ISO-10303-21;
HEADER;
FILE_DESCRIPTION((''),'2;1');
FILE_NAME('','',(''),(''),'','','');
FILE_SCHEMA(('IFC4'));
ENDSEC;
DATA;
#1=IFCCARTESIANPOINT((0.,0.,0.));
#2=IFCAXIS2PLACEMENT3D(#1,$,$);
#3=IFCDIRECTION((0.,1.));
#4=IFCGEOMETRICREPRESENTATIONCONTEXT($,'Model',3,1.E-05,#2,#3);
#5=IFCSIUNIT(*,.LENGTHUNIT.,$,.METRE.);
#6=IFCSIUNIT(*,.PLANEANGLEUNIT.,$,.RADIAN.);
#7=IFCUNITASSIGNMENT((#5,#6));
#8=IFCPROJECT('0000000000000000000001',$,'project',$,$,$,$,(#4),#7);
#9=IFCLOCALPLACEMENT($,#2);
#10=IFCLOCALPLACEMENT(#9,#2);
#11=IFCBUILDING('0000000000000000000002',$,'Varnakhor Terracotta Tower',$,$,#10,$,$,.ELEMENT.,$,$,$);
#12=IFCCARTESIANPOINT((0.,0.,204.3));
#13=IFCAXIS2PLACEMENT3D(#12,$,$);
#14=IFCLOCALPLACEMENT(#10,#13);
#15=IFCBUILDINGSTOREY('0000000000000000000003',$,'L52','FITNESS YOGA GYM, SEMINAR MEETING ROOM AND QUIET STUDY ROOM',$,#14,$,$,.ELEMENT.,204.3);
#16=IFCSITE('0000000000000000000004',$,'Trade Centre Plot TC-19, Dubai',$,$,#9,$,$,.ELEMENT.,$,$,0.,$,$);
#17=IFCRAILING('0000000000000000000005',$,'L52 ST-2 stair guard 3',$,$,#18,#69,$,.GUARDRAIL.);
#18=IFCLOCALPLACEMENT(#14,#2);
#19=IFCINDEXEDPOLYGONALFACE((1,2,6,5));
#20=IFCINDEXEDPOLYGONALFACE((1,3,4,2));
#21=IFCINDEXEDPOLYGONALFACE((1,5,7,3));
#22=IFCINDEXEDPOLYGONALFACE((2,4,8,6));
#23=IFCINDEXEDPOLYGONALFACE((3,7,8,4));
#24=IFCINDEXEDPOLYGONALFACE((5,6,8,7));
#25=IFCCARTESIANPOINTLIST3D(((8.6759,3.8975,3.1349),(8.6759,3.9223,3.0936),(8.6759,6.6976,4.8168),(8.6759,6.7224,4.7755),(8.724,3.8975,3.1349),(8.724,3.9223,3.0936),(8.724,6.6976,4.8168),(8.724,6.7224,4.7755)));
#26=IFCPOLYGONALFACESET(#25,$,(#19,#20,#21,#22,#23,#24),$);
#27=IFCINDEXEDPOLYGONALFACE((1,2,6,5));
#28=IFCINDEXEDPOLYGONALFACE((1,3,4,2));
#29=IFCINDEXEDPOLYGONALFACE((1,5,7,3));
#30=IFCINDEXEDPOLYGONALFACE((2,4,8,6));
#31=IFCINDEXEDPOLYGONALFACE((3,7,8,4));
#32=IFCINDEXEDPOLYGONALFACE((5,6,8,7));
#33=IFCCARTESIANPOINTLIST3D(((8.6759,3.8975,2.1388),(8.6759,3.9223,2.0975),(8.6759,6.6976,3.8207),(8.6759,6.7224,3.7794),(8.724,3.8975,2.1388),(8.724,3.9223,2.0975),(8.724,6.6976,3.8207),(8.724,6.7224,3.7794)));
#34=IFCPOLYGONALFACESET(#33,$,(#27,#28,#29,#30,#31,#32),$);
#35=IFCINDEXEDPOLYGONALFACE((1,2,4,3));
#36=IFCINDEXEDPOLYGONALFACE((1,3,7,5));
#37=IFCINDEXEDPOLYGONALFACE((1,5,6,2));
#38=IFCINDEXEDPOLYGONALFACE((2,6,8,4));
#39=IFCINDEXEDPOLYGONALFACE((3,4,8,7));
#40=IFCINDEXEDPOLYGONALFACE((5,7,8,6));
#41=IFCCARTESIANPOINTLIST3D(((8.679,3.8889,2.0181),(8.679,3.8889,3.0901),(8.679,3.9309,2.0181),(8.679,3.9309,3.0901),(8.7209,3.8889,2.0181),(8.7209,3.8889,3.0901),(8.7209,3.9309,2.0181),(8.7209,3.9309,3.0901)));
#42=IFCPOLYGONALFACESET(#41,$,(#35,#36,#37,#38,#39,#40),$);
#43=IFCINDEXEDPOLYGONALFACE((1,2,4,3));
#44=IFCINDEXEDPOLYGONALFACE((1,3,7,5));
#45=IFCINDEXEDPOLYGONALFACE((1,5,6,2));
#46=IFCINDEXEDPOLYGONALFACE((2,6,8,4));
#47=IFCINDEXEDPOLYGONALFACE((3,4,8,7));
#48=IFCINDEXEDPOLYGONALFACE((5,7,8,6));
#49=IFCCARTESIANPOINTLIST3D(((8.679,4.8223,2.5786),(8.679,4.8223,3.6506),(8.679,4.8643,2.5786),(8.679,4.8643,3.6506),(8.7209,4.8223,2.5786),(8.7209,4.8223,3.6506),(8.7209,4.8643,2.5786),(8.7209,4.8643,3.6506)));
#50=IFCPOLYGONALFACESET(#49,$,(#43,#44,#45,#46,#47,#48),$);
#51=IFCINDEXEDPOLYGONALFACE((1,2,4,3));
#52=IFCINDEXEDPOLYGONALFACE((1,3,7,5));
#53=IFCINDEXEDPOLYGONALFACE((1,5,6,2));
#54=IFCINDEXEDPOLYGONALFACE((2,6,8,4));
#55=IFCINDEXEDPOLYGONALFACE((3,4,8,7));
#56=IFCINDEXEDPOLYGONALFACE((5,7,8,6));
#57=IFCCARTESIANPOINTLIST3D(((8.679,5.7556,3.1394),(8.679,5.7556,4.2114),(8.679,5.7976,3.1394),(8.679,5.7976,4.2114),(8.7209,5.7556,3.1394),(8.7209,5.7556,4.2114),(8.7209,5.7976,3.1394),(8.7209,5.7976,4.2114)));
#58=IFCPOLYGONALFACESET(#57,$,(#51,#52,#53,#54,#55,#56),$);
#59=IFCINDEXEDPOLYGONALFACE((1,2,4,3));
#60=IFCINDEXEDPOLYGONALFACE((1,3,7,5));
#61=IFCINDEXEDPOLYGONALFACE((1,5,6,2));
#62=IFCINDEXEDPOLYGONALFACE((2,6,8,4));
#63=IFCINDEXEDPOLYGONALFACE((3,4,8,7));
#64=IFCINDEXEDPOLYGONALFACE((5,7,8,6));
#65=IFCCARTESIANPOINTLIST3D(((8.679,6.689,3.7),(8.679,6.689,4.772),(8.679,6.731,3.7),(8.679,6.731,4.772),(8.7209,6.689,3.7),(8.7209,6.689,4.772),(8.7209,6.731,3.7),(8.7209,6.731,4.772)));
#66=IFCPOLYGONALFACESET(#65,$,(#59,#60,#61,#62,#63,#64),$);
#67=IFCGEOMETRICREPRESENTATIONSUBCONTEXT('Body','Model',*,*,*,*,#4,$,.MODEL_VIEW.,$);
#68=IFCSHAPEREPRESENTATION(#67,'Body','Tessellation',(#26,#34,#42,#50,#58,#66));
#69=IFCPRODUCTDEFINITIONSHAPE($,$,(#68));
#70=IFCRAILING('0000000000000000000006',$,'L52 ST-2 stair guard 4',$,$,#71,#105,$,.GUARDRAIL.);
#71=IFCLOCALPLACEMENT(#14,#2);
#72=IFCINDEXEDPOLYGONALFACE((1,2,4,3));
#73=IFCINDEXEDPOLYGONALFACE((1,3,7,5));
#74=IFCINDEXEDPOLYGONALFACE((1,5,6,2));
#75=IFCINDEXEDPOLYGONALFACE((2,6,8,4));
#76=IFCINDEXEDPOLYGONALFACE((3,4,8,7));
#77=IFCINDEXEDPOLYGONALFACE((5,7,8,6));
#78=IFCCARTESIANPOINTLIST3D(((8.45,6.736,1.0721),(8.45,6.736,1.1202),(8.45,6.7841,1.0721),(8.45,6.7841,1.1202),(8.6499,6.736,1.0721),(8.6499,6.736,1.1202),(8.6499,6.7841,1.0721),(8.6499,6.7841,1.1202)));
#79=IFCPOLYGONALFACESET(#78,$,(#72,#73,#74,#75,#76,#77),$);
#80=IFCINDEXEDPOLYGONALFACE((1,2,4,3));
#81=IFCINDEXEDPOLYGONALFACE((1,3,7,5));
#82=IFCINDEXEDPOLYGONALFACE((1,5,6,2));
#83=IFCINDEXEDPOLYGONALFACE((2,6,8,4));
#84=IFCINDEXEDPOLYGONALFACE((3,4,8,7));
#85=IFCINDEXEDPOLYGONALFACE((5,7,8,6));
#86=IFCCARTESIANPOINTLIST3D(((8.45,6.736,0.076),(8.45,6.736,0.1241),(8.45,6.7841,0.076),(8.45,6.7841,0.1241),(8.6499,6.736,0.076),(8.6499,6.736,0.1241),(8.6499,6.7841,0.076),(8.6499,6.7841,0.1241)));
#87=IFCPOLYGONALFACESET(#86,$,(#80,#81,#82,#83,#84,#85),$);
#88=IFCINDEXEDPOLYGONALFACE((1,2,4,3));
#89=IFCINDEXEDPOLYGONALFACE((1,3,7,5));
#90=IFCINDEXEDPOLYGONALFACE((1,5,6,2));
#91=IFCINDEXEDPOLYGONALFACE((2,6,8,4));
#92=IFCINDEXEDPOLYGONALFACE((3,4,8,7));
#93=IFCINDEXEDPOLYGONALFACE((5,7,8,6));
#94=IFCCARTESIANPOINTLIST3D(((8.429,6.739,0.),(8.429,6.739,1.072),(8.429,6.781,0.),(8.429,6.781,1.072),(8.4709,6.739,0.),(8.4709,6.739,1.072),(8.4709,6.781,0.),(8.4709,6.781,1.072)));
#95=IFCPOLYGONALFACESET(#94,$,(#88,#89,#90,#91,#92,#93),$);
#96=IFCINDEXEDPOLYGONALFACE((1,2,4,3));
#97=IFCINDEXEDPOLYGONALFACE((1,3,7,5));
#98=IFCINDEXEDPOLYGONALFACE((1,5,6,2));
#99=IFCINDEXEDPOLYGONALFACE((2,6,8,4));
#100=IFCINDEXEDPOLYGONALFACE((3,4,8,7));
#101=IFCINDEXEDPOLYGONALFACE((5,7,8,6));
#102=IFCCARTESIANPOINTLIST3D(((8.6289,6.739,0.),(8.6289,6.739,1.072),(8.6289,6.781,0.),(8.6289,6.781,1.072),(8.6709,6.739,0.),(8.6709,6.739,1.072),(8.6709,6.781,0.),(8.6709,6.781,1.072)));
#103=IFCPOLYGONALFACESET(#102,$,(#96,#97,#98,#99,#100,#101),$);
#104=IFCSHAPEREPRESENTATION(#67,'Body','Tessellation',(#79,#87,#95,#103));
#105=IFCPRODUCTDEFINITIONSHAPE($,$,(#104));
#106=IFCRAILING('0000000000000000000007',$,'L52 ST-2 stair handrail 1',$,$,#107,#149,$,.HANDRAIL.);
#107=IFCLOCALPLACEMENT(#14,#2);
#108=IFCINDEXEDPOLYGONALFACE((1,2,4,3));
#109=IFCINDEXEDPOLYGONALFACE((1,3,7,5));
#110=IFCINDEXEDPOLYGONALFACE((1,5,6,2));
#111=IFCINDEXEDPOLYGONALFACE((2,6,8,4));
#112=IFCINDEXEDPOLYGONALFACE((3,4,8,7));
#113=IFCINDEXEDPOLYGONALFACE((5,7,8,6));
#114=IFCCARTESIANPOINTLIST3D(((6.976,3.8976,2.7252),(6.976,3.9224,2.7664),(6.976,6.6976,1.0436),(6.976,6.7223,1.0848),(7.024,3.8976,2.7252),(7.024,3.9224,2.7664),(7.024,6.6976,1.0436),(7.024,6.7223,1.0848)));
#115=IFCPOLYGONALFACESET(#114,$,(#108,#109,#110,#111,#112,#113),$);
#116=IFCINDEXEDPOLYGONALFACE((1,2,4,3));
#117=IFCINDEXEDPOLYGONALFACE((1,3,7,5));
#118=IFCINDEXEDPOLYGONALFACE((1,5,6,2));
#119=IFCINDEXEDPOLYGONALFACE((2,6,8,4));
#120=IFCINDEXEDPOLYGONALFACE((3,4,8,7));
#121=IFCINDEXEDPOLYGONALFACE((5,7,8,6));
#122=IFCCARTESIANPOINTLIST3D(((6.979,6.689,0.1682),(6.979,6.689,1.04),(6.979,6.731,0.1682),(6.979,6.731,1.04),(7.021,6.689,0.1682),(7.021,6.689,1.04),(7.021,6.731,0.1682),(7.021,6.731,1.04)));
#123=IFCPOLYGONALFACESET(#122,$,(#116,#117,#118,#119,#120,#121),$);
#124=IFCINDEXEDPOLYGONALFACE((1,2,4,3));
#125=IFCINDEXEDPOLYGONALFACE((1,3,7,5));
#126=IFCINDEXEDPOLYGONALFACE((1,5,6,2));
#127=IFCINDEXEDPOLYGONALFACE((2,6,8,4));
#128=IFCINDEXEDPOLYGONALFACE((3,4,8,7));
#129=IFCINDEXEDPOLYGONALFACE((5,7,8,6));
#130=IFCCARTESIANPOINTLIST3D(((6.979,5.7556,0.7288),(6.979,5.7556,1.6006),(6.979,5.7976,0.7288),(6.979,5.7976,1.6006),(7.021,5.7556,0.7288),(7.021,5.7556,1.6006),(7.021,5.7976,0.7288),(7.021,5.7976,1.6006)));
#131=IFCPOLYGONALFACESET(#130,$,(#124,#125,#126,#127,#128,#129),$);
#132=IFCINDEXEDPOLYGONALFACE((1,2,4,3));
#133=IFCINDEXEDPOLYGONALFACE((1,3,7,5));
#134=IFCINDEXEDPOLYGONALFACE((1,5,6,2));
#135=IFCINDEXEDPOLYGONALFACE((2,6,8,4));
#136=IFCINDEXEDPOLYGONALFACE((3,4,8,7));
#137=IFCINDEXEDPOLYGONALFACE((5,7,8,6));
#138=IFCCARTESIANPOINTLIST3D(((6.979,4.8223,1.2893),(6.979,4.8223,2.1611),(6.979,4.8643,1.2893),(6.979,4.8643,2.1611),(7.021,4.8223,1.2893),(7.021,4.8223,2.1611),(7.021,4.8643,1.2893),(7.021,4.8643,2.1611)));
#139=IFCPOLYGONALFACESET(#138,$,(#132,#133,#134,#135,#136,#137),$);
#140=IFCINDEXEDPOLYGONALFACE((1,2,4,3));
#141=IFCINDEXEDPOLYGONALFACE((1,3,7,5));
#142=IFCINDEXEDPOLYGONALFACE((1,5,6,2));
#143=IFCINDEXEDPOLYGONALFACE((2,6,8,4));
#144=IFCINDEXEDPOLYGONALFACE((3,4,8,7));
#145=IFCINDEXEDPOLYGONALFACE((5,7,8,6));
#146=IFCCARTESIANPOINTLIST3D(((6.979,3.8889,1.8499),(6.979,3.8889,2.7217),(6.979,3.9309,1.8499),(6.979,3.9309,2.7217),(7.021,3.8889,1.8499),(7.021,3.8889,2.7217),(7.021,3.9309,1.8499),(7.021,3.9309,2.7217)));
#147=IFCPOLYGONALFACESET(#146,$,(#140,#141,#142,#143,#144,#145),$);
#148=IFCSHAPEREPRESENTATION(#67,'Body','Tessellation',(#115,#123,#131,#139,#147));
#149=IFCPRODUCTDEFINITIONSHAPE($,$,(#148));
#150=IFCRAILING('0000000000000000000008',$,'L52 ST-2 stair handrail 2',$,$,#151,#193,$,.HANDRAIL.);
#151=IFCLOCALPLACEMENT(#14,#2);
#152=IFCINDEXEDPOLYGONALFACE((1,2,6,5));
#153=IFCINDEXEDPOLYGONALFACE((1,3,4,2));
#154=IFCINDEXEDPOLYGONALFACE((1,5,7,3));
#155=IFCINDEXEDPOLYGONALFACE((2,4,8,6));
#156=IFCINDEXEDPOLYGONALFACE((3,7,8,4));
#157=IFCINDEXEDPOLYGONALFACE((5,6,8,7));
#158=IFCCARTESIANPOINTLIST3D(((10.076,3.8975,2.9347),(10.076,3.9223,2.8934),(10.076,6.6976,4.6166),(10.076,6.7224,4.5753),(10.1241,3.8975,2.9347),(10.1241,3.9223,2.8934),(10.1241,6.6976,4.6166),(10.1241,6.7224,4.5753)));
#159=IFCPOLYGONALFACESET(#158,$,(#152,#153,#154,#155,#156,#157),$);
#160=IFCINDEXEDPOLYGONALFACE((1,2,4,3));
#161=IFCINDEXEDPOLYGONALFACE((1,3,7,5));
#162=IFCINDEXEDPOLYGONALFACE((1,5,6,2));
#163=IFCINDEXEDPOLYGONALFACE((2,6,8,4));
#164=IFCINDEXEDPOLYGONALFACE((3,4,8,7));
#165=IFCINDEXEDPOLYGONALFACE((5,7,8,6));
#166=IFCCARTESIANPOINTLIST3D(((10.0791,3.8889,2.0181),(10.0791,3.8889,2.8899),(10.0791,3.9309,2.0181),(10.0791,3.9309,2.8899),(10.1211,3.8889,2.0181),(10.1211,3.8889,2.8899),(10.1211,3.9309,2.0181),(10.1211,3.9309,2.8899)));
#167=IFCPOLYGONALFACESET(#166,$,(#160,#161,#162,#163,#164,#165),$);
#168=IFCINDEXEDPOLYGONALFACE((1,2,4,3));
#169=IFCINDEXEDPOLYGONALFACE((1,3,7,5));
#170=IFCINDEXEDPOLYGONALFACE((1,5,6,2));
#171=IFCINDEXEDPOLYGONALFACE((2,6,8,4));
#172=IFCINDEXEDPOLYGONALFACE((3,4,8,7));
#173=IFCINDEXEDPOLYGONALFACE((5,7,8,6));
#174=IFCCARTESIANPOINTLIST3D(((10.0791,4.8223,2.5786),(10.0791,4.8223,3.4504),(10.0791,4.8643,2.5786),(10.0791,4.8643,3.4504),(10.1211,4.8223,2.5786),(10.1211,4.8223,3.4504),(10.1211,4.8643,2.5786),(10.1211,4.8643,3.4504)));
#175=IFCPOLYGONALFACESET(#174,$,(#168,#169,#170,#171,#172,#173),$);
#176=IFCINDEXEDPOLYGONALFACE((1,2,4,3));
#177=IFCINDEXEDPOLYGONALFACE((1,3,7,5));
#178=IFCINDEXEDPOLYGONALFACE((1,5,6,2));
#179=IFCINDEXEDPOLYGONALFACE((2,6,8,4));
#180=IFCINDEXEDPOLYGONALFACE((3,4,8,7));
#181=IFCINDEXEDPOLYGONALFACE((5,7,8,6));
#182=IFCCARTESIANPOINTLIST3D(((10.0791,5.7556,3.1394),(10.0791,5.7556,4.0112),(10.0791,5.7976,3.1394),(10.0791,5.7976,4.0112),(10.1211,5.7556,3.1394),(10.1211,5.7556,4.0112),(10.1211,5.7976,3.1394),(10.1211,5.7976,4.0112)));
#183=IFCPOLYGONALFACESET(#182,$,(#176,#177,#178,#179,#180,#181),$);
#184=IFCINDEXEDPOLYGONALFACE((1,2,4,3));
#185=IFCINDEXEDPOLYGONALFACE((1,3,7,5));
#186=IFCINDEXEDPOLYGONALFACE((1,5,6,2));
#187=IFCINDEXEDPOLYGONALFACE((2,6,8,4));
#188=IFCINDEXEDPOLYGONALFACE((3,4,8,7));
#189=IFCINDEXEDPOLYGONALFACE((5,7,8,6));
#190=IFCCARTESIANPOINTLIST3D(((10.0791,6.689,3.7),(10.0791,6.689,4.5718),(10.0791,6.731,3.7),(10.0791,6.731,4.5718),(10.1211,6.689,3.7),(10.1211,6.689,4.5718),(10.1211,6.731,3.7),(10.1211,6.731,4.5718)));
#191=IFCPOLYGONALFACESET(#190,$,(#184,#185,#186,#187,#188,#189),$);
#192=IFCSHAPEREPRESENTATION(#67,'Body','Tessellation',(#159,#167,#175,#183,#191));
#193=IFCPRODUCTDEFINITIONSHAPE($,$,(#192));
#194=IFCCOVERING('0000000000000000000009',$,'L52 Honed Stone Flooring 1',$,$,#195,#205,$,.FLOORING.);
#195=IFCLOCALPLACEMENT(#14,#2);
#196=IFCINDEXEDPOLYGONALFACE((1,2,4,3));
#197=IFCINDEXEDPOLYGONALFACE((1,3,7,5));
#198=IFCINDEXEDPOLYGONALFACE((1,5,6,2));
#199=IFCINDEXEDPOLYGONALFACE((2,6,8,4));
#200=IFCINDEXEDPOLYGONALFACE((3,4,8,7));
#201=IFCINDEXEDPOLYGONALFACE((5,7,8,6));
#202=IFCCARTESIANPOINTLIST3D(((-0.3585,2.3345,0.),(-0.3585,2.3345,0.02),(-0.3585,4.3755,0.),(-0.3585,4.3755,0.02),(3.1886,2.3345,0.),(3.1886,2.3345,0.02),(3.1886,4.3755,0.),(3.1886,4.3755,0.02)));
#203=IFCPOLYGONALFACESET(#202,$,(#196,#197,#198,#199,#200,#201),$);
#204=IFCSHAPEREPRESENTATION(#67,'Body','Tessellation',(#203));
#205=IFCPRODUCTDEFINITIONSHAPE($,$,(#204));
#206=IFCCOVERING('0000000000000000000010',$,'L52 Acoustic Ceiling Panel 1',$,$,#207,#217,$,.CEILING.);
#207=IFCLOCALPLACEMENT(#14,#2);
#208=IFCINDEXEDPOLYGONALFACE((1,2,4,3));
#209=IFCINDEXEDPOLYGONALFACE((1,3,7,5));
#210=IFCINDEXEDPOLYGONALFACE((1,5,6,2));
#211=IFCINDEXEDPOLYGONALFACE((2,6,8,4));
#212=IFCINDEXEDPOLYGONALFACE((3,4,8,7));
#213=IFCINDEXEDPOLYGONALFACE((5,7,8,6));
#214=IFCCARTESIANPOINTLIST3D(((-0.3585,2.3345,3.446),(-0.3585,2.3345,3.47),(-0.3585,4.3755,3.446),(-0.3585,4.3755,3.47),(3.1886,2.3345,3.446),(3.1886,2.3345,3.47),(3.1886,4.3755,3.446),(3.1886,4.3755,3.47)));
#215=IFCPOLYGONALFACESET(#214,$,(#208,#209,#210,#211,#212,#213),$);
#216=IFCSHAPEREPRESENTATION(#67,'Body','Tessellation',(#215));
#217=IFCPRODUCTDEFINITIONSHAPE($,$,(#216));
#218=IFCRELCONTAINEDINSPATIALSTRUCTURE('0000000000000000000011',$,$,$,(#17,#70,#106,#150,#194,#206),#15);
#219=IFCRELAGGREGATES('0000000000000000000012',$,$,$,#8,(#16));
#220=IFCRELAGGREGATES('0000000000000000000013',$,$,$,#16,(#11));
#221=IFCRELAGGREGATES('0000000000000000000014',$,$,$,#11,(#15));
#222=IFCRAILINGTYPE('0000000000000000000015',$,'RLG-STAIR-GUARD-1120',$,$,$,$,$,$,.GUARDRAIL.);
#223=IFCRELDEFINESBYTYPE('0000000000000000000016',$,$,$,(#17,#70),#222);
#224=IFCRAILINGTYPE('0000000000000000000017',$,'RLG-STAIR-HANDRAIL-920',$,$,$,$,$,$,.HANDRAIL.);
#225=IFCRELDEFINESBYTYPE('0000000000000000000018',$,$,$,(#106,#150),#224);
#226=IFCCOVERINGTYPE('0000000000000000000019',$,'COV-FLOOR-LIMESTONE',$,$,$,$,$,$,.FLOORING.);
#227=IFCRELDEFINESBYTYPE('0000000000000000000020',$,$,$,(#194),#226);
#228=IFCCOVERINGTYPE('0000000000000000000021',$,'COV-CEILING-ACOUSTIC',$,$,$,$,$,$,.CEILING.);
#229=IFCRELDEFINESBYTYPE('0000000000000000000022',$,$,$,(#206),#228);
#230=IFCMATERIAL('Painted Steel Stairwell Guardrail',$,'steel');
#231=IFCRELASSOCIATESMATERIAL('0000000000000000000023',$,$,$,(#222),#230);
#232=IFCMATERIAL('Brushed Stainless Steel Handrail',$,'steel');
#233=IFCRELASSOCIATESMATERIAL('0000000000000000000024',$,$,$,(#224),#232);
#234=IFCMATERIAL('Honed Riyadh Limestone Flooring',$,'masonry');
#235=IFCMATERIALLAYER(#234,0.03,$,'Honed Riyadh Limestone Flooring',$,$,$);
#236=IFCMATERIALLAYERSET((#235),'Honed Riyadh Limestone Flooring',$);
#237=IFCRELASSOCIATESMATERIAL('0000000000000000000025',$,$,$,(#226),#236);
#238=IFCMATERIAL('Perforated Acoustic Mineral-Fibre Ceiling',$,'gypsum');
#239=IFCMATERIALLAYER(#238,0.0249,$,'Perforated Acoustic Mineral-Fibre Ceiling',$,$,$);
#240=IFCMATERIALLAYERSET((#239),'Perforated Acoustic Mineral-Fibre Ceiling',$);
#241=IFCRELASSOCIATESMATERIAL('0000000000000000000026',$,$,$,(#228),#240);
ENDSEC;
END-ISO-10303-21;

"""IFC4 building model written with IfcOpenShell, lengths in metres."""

from ifc_helpers import new_model, si_unit, direction, frame, origin, origin_2d, place, context, subcontext, project, spatial, rectangle, extrude, source, transform, mapped, material, layer, layer_set, type_object, element, save


model = new_model("IFC4")

# Units and contexts
model_context = context("Model", 3, precision=1e-05, world=origin(), true_north=direction((0.0, 1.0)))
body_context = subcontext(model_context, "Body", "Model", "MODEL_VIEW")
ifc_project = project(units=[si_unit("LENGTHUNIT", "METRE"), si_unit("PLANEANGLEUNIT", "RADIAN")], contexts=[model_context])

# Site, building, storey
site_placement = place(None, origin())
site = spatial("IfcSite", under=ifc_project, at=site_placement, Name="Trade Centre Plot TC-19, Dubai", CompositionType="ELEMENT", RefElevation=0.0)
building_placement = place(site_placement, origin())
building = spatial("IfcBuilding", under=site, at=building_placement, Name="Varnakhor Terracotta Tower", CompositionType="ELEMENT")
storey_placement = place(building_placement, frame((0.0, 0.0, 204.3)))
storey = spatial("IfcBuildingStorey", under=building, at=storey_placement, Name="L52", Description="FITNESS YOGA GYM, SEMINAR MEETING ROOM AND QUIET STUDY ROOM", CompositionType="ELEMENT", Elevation=204.3)

# Railings
ifc_material_1 = material(Name="Painted Steel Stairwell Guardrail", Category="steel")
railing_type_1 = type_object("IfcRailingType", Name="RLG-STAIR-GUARD-1120", PredefinedType="GUARDRAIL", material=ifc_material_1)
railing_1_placement = place(storey_placement, frame((8.7, 3.9099, 2.0181)))
element("IfcRailing", 1, at=railing_1_placement, inside=storey, type_object=railing_type_1, Name="L52 ST-2 stair guard 3", PredefinedType="GUARDRAIL", context=body_context, shape_type="SweptSolid", body=[
    extrude(rectangle(XDim=0.0481, YDim=0.0481, at=origin_2d()), frame((0.0, 0.0, 1.0962), z_axis=(0.0, 0.857242, 0.514913), x_axis=(-1.0, 0.0, 0.0)), (0.0, 0.0, 1.0), 3.2664),
    extrude(rectangle(XDim=0.0481, YDim=0.0481, at=origin_2d()), frame((0.0, 0.0, 0.1001), z_axis=(0.0, 0.857242, 0.514913), x_axis=(-1.0, 0.0, 0.0)), (0.0, 0.0, 1.0), 3.2664),
    extrude(rectangle(XDim=0.042, YDim=0.042, at=origin_2d()), origin(), (0.0, 0.0, 1.0), 1.072),
    extrude(rectangle(XDim=0.042, YDim=0.042, at=origin_2d()), frame((0.0, 0.9333, 0.5605)), (0.0, 0.0, 1.0), 1.072),
    extrude(rectangle(XDim=0.042, YDim=0.042, at=origin_2d()), frame((0.0, 1.8667, 1.1213)), (0.0, 0.0, 1.0), 1.072),
    extrude(rectangle(XDim=0.042, YDim=0.042, at=origin_2d()), frame((0.0, 2.8, 1.6819)), (0.0, 0.0, 1.0), 1.072),
])
railing_2_placement = place(storey_placement, frame((8.45, 6.76, 0.0)))
element("IfcRailing", 2, at=railing_2_placement, inside=storey, type_object=railing_type_1, Name="L52 ST-2 stair guard 4", PredefinedType="GUARDRAIL", context=body_context, shape_type="SweptSolid", body=[
    extrude(rectangle(XDim=0.0481, YDim=0.0481, at=origin_2d()), frame((0.0, 0.0, 1.0962), z_axis=(1.0, 0.0, 0.0), x_axis=(0.0, 1.0, 0.0)), (0.0, 0.0, 1.0), 0.2),
    extrude(rectangle(XDim=0.0481, YDim=0.0481, at=origin_2d()), frame((0.0, 0.0, 0.1001), z_axis=(1.0, 0.0, 0.0), x_axis=(0.0, 1.0, 0.0)), (0.0, 0.0, 1.0), 0.2),
    extrude(rectangle(XDim=0.042, YDim=0.042, at=origin_2d()), origin(), (0.0, 0.0, 1.0), 1.072),
    extrude(rectangle(XDim=0.042, YDim=0.042, at=origin_2d()), frame((0.2, 0.0, 0.0)), (0.0, 0.0, 1.0), 1.072),
])
ifc_material_2 = material(Name="Brushed Stainless Steel Handrail", Category="steel")
railing_type_2 = type_object("IfcRailingType", Name="RLG-STAIR-HANDRAIL-920", PredefinedType="HANDRAIL", material=ifc_material_2)
railing_3_placement = place(storey_placement, frame((7.0, 6.71, 0.1682)))
element("IfcRailing", 3, at=railing_3_placement, inside=storey, type_object=railing_type_2, Name="L52 ST-2 stair handrail 1", PredefinedType="HANDRAIL", context=body_context, shape_type="SweptSolid", body=[
    extrude(rectangle(XDim=0.0481, YDim=0.0481, at=origin_2d()), frame((0.0, 0.0, 0.896), z_axis=(0.0, -0.857275, 0.514858), x_axis=(1.0, 0.0, 0.0)), (0.0, 0.0, 1.0), 3.2661),
    extrude(rectangle(XDim=0.042, YDim=0.042, at=origin_2d()), origin(), (0.0, 0.0, 1.0), 0.8718),
    extrude(rectangle(XDim=0.042, YDim=0.042, at=origin_2d()), frame((0.0, -0.9333, 0.5605)), (0.0, 0.0, 1.0), 0.8718),
    extrude(rectangle(XDim=0.042, YDim=0.042, at=origin_2d()), frame((0.0, -1.8667, 1.1211)), (0.0, 0.0, 1.0), 0.8718),
    extrude(rectangle(XDim=0.042, YDim=0.042, at=origin_2d()), frame((0.0, -2.8, 1.6816)), (0.0, 0.0, 1.0), 0.8718),
])
railing_4_placement = place(storey_placement, frame((10.1001, 3.9099, 2.0181)))
element("IfcRailing", 4, at=railing_4_placement, inside=storey, type_object=railing_type_2, Name="L52 ST-2 stair handrail 2", PredefinedType="HANDRAIL", context=body_context, shape_type="SweptSolid", body=[
    extrude(rectangle(XDim=0.0481, YDim=0.0481, at=origin_2d()), frame((0.0, 0.0, 0.896), z_axis=(0.0, 0.857242, 0.514913), x_axis=(-1.0, 0.0, 0.0)), (0.0, 0.0, 1.0), 3.2664),
    extrude(rectangle(XDim=0.042, YDim=0.042, at=origin_2d()), origin(), (0.0, 0.0, 1.0), 0.8718),
    extrude(rectangle(XDim=0.042, YDim=0.042, at=origin_2d()), frame((0.0, 0.9333, 0.5605)), (0.0, 0.0, 1.0), 0.8718),
    extrude(rectangle(XDim=0.042, YDim=0.042, at=origin_2d()), frame((0.0, 1.8667, 1.1213)), (0.0, 0.0, 1.0), 0.8718),
    extrude(rectangle(XDim=0.042, YDim=0.042, at=origin_2d()), frame((0.0, 2.8, 1.6819)), (0.0, 0.0, 1.0), 0.8718),
])

# Coverings
ifc_material_3 = material(Name="Honed Riyadh Limestone Flooring", Category="masonry")
ifc_layer_1 = layer(ifc_material_3, 0.03, Name="Honed Riyadh Limestone Flooring")
ifc_layer_set_1 = layer_set([ifc_layer_1], Name="Honed Riyadh Limestone Flooring")
covering_type_1 = type_object("IfcCoveringType", Name="COV-FLOOR-LIMESTONE", PredefinedType="FLOORING", material=ifc_layer_set_1)
shared_shape_1 = source(origin(), body_context, "Body", "SweptSolid", [
    extrude(rectangle(XDim=3.5471, YDim=2.041, at=origin_2d()), origin(), (0.0, 0.0, 1.0), 0.02),
])
covering_1_placement = place(storey_placement, frame((1.415, 3.355, 0.0), z_axis=(0.0, 0.0, 1.0), x_axis=(1.0, 0.0, 0.0)))
element("IfcCovering", 5, at=covering_1_placement, inside=storey, type_object=covering_type_1, Name="L52 Honed Stone Flooring 1", PredefinedType="FLOORING", context=body_context, shape_type="MappedRepresentation", body=[
    mapped(shared_shape_1, transform((0.0, 0.0, 0.0), scale=1.0)),
])
ifc_material_4 = material(Name="Perforated Acoustic Mineral-Fibre Ceiling", Category="gypsum")
ifc_layer_2 = layer(ifc_material_4, 0.0249, Name="Perforated Acoustic Mineral-Fibre Ceiling")
ifc_layer_set_2 = layer_set([ifc_layer_2], Name="Perforated Acoustic Mineral-Fibre Ceiling")
covering_type_2 = type_object("IfcCoveringType", Name="COV-CEILING-ACOUSTIC", PredefinedType="CEILING", material=ifc_layer_set_2)
shared_shape_2 = source(origin(), body_context, "Body", "SweptSolid", [
    extrude(rectangle(XDim=3.5471, YDim=2.041, at=origin_2d()), origin(), (0.0, 0.0, 1.0), 0.0239),
])
covering_2_placement = place(storey_placement, frame((1.415, 3.355, 3.446), z_axis=(0.0, 0.0, 1.0), x_axis=(1.0, 0.0, 0.0)))
element("IfcCovering", 6, at=covering_2_placement, inside=storey, type_object=covering_type_2, Name="L52 Acoustic Ceiling Panel 1", PredefinedType="CEILING", context=body_context, shape_type="MappedRepresentation", body=[
    mapped(shared_shape_2, transform((0.0, 0.0, 0.0), scale=1.0)),
])

save(model, "model.ifc")
